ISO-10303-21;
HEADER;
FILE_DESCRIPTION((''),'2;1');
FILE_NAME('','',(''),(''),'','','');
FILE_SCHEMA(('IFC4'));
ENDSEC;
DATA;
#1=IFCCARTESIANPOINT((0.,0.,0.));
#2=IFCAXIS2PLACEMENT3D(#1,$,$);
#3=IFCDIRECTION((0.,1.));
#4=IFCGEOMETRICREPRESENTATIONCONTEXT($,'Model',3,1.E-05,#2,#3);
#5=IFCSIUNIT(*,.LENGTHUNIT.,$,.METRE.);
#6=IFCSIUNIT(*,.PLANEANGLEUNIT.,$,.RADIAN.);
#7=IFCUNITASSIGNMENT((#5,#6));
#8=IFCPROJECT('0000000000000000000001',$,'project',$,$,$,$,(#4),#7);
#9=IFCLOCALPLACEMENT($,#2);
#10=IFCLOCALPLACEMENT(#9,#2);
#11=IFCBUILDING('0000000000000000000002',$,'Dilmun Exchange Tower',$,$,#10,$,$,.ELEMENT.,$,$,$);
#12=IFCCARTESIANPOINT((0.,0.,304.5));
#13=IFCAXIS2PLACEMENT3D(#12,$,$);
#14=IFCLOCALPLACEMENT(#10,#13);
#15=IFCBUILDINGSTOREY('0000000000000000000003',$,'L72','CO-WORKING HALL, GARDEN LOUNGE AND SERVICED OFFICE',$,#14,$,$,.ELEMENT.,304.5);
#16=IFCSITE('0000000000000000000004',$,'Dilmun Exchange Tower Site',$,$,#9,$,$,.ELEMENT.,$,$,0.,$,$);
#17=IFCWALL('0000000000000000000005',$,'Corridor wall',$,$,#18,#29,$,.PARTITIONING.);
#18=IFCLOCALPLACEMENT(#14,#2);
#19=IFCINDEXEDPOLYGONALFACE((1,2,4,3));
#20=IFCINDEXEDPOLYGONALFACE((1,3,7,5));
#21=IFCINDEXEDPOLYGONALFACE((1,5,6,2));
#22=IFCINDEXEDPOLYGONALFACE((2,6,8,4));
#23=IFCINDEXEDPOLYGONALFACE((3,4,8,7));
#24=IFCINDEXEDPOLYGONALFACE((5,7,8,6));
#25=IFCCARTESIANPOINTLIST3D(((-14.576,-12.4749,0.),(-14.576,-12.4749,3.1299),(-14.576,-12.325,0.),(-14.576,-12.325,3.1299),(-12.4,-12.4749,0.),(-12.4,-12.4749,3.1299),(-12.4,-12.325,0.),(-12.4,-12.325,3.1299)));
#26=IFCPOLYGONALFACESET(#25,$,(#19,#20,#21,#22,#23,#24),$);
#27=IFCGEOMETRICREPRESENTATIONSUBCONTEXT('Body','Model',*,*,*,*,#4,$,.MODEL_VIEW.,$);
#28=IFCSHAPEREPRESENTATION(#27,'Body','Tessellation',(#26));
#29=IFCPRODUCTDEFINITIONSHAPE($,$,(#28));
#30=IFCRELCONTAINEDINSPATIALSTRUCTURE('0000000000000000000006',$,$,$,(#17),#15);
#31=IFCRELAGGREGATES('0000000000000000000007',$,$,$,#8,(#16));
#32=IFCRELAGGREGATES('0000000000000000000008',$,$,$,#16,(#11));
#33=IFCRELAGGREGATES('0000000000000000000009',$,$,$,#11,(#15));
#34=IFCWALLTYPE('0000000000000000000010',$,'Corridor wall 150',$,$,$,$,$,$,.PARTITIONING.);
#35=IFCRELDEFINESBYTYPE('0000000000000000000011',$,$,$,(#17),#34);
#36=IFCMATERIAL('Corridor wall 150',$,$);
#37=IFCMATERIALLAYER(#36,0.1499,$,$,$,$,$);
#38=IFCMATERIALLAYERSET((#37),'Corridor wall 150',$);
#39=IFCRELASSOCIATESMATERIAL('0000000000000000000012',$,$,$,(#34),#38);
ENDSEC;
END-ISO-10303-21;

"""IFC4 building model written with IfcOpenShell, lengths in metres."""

from ifc_helpers import new_model, si_unit, direction, frame, frame_2d, origin, place, context, subcontext, project, spatial, rectangle, extrude, material, layer, layer_set, type_object, element, save


model = new_model("IFC4")

# Units and contexts
model_context = context("Model", 3, precision=1e-05, world=origin(), true_north=direction((0.0, 1.0)))
body_context = subcontext(model_context, "Body", "Model", "MODEL_VIEW")
ifc_project = project(units=[si_unit("LENGTHUNIT", "METRE"), si_unit("PLANEANGLEUNIT", "RADIAN")], contexts=[model_context])

# Site, building, storey
site_placement = place(None, origin())
site = spatial("IfcSite", under=ifc_project, at=site_placement, Name="Dilmun Exchange Tower Site", CompositionType="ELEMENT", RefElevation=0.0)
building_placement = place(site_placement, origin())
building = spatial("IfcBuilding", under=site, at=building_placement, Name="Dilmun Exchange Tower", CompositionType="ELEMENT")
storey_placement = place(building_placement, frame((0.0, 0.0, 304.5)))
storey = spatial("IfcBuildingStorey", under=building, at=storey_placement, Name="L72", Description="CO-WORKING HALL, GARDEN LOUNGE AND SERVICED OFFICE", CompositionType="ELEMENT", Elevation=304.5)

# Shared definitions
ifc_material_1 = material(Name="Corridor wall 150")
ifc_layer_1 = layer(ifc_material_1, 0.1499)
ifc_layer_set_1 = layer_set([ifc_layer_1], Name="Corridor wall 150")
wall_type_1 = type_object("IfcWallType", Name="Corridor wall 150", PredefinedType="PARTITIONING", material=ifc_layer_set_1)

# Wall
wall_1_placement = place(storey_placement, frame((-14.5759, -12.3999, 0.0), z_axis=(0.0, 0.0, 1.0), x_axis=(1.0, 0.0, 0.0)))
element("IfcWall", 1, at=wall_1_placement, inside=storey, type_object=wall_type_1, Name="Corridor wall", PredefinedType="PARTITIONING", context=body_context, shape_type="SweptSolid", body=[
    extrude(rectangle(XDim=2.176, YDim=0.1499, at=frame_2d((1.0879, 0.0))), origin(), (0.0, 0.0, 1.0), 3.1299),
])

save(model, "model.ifc")
